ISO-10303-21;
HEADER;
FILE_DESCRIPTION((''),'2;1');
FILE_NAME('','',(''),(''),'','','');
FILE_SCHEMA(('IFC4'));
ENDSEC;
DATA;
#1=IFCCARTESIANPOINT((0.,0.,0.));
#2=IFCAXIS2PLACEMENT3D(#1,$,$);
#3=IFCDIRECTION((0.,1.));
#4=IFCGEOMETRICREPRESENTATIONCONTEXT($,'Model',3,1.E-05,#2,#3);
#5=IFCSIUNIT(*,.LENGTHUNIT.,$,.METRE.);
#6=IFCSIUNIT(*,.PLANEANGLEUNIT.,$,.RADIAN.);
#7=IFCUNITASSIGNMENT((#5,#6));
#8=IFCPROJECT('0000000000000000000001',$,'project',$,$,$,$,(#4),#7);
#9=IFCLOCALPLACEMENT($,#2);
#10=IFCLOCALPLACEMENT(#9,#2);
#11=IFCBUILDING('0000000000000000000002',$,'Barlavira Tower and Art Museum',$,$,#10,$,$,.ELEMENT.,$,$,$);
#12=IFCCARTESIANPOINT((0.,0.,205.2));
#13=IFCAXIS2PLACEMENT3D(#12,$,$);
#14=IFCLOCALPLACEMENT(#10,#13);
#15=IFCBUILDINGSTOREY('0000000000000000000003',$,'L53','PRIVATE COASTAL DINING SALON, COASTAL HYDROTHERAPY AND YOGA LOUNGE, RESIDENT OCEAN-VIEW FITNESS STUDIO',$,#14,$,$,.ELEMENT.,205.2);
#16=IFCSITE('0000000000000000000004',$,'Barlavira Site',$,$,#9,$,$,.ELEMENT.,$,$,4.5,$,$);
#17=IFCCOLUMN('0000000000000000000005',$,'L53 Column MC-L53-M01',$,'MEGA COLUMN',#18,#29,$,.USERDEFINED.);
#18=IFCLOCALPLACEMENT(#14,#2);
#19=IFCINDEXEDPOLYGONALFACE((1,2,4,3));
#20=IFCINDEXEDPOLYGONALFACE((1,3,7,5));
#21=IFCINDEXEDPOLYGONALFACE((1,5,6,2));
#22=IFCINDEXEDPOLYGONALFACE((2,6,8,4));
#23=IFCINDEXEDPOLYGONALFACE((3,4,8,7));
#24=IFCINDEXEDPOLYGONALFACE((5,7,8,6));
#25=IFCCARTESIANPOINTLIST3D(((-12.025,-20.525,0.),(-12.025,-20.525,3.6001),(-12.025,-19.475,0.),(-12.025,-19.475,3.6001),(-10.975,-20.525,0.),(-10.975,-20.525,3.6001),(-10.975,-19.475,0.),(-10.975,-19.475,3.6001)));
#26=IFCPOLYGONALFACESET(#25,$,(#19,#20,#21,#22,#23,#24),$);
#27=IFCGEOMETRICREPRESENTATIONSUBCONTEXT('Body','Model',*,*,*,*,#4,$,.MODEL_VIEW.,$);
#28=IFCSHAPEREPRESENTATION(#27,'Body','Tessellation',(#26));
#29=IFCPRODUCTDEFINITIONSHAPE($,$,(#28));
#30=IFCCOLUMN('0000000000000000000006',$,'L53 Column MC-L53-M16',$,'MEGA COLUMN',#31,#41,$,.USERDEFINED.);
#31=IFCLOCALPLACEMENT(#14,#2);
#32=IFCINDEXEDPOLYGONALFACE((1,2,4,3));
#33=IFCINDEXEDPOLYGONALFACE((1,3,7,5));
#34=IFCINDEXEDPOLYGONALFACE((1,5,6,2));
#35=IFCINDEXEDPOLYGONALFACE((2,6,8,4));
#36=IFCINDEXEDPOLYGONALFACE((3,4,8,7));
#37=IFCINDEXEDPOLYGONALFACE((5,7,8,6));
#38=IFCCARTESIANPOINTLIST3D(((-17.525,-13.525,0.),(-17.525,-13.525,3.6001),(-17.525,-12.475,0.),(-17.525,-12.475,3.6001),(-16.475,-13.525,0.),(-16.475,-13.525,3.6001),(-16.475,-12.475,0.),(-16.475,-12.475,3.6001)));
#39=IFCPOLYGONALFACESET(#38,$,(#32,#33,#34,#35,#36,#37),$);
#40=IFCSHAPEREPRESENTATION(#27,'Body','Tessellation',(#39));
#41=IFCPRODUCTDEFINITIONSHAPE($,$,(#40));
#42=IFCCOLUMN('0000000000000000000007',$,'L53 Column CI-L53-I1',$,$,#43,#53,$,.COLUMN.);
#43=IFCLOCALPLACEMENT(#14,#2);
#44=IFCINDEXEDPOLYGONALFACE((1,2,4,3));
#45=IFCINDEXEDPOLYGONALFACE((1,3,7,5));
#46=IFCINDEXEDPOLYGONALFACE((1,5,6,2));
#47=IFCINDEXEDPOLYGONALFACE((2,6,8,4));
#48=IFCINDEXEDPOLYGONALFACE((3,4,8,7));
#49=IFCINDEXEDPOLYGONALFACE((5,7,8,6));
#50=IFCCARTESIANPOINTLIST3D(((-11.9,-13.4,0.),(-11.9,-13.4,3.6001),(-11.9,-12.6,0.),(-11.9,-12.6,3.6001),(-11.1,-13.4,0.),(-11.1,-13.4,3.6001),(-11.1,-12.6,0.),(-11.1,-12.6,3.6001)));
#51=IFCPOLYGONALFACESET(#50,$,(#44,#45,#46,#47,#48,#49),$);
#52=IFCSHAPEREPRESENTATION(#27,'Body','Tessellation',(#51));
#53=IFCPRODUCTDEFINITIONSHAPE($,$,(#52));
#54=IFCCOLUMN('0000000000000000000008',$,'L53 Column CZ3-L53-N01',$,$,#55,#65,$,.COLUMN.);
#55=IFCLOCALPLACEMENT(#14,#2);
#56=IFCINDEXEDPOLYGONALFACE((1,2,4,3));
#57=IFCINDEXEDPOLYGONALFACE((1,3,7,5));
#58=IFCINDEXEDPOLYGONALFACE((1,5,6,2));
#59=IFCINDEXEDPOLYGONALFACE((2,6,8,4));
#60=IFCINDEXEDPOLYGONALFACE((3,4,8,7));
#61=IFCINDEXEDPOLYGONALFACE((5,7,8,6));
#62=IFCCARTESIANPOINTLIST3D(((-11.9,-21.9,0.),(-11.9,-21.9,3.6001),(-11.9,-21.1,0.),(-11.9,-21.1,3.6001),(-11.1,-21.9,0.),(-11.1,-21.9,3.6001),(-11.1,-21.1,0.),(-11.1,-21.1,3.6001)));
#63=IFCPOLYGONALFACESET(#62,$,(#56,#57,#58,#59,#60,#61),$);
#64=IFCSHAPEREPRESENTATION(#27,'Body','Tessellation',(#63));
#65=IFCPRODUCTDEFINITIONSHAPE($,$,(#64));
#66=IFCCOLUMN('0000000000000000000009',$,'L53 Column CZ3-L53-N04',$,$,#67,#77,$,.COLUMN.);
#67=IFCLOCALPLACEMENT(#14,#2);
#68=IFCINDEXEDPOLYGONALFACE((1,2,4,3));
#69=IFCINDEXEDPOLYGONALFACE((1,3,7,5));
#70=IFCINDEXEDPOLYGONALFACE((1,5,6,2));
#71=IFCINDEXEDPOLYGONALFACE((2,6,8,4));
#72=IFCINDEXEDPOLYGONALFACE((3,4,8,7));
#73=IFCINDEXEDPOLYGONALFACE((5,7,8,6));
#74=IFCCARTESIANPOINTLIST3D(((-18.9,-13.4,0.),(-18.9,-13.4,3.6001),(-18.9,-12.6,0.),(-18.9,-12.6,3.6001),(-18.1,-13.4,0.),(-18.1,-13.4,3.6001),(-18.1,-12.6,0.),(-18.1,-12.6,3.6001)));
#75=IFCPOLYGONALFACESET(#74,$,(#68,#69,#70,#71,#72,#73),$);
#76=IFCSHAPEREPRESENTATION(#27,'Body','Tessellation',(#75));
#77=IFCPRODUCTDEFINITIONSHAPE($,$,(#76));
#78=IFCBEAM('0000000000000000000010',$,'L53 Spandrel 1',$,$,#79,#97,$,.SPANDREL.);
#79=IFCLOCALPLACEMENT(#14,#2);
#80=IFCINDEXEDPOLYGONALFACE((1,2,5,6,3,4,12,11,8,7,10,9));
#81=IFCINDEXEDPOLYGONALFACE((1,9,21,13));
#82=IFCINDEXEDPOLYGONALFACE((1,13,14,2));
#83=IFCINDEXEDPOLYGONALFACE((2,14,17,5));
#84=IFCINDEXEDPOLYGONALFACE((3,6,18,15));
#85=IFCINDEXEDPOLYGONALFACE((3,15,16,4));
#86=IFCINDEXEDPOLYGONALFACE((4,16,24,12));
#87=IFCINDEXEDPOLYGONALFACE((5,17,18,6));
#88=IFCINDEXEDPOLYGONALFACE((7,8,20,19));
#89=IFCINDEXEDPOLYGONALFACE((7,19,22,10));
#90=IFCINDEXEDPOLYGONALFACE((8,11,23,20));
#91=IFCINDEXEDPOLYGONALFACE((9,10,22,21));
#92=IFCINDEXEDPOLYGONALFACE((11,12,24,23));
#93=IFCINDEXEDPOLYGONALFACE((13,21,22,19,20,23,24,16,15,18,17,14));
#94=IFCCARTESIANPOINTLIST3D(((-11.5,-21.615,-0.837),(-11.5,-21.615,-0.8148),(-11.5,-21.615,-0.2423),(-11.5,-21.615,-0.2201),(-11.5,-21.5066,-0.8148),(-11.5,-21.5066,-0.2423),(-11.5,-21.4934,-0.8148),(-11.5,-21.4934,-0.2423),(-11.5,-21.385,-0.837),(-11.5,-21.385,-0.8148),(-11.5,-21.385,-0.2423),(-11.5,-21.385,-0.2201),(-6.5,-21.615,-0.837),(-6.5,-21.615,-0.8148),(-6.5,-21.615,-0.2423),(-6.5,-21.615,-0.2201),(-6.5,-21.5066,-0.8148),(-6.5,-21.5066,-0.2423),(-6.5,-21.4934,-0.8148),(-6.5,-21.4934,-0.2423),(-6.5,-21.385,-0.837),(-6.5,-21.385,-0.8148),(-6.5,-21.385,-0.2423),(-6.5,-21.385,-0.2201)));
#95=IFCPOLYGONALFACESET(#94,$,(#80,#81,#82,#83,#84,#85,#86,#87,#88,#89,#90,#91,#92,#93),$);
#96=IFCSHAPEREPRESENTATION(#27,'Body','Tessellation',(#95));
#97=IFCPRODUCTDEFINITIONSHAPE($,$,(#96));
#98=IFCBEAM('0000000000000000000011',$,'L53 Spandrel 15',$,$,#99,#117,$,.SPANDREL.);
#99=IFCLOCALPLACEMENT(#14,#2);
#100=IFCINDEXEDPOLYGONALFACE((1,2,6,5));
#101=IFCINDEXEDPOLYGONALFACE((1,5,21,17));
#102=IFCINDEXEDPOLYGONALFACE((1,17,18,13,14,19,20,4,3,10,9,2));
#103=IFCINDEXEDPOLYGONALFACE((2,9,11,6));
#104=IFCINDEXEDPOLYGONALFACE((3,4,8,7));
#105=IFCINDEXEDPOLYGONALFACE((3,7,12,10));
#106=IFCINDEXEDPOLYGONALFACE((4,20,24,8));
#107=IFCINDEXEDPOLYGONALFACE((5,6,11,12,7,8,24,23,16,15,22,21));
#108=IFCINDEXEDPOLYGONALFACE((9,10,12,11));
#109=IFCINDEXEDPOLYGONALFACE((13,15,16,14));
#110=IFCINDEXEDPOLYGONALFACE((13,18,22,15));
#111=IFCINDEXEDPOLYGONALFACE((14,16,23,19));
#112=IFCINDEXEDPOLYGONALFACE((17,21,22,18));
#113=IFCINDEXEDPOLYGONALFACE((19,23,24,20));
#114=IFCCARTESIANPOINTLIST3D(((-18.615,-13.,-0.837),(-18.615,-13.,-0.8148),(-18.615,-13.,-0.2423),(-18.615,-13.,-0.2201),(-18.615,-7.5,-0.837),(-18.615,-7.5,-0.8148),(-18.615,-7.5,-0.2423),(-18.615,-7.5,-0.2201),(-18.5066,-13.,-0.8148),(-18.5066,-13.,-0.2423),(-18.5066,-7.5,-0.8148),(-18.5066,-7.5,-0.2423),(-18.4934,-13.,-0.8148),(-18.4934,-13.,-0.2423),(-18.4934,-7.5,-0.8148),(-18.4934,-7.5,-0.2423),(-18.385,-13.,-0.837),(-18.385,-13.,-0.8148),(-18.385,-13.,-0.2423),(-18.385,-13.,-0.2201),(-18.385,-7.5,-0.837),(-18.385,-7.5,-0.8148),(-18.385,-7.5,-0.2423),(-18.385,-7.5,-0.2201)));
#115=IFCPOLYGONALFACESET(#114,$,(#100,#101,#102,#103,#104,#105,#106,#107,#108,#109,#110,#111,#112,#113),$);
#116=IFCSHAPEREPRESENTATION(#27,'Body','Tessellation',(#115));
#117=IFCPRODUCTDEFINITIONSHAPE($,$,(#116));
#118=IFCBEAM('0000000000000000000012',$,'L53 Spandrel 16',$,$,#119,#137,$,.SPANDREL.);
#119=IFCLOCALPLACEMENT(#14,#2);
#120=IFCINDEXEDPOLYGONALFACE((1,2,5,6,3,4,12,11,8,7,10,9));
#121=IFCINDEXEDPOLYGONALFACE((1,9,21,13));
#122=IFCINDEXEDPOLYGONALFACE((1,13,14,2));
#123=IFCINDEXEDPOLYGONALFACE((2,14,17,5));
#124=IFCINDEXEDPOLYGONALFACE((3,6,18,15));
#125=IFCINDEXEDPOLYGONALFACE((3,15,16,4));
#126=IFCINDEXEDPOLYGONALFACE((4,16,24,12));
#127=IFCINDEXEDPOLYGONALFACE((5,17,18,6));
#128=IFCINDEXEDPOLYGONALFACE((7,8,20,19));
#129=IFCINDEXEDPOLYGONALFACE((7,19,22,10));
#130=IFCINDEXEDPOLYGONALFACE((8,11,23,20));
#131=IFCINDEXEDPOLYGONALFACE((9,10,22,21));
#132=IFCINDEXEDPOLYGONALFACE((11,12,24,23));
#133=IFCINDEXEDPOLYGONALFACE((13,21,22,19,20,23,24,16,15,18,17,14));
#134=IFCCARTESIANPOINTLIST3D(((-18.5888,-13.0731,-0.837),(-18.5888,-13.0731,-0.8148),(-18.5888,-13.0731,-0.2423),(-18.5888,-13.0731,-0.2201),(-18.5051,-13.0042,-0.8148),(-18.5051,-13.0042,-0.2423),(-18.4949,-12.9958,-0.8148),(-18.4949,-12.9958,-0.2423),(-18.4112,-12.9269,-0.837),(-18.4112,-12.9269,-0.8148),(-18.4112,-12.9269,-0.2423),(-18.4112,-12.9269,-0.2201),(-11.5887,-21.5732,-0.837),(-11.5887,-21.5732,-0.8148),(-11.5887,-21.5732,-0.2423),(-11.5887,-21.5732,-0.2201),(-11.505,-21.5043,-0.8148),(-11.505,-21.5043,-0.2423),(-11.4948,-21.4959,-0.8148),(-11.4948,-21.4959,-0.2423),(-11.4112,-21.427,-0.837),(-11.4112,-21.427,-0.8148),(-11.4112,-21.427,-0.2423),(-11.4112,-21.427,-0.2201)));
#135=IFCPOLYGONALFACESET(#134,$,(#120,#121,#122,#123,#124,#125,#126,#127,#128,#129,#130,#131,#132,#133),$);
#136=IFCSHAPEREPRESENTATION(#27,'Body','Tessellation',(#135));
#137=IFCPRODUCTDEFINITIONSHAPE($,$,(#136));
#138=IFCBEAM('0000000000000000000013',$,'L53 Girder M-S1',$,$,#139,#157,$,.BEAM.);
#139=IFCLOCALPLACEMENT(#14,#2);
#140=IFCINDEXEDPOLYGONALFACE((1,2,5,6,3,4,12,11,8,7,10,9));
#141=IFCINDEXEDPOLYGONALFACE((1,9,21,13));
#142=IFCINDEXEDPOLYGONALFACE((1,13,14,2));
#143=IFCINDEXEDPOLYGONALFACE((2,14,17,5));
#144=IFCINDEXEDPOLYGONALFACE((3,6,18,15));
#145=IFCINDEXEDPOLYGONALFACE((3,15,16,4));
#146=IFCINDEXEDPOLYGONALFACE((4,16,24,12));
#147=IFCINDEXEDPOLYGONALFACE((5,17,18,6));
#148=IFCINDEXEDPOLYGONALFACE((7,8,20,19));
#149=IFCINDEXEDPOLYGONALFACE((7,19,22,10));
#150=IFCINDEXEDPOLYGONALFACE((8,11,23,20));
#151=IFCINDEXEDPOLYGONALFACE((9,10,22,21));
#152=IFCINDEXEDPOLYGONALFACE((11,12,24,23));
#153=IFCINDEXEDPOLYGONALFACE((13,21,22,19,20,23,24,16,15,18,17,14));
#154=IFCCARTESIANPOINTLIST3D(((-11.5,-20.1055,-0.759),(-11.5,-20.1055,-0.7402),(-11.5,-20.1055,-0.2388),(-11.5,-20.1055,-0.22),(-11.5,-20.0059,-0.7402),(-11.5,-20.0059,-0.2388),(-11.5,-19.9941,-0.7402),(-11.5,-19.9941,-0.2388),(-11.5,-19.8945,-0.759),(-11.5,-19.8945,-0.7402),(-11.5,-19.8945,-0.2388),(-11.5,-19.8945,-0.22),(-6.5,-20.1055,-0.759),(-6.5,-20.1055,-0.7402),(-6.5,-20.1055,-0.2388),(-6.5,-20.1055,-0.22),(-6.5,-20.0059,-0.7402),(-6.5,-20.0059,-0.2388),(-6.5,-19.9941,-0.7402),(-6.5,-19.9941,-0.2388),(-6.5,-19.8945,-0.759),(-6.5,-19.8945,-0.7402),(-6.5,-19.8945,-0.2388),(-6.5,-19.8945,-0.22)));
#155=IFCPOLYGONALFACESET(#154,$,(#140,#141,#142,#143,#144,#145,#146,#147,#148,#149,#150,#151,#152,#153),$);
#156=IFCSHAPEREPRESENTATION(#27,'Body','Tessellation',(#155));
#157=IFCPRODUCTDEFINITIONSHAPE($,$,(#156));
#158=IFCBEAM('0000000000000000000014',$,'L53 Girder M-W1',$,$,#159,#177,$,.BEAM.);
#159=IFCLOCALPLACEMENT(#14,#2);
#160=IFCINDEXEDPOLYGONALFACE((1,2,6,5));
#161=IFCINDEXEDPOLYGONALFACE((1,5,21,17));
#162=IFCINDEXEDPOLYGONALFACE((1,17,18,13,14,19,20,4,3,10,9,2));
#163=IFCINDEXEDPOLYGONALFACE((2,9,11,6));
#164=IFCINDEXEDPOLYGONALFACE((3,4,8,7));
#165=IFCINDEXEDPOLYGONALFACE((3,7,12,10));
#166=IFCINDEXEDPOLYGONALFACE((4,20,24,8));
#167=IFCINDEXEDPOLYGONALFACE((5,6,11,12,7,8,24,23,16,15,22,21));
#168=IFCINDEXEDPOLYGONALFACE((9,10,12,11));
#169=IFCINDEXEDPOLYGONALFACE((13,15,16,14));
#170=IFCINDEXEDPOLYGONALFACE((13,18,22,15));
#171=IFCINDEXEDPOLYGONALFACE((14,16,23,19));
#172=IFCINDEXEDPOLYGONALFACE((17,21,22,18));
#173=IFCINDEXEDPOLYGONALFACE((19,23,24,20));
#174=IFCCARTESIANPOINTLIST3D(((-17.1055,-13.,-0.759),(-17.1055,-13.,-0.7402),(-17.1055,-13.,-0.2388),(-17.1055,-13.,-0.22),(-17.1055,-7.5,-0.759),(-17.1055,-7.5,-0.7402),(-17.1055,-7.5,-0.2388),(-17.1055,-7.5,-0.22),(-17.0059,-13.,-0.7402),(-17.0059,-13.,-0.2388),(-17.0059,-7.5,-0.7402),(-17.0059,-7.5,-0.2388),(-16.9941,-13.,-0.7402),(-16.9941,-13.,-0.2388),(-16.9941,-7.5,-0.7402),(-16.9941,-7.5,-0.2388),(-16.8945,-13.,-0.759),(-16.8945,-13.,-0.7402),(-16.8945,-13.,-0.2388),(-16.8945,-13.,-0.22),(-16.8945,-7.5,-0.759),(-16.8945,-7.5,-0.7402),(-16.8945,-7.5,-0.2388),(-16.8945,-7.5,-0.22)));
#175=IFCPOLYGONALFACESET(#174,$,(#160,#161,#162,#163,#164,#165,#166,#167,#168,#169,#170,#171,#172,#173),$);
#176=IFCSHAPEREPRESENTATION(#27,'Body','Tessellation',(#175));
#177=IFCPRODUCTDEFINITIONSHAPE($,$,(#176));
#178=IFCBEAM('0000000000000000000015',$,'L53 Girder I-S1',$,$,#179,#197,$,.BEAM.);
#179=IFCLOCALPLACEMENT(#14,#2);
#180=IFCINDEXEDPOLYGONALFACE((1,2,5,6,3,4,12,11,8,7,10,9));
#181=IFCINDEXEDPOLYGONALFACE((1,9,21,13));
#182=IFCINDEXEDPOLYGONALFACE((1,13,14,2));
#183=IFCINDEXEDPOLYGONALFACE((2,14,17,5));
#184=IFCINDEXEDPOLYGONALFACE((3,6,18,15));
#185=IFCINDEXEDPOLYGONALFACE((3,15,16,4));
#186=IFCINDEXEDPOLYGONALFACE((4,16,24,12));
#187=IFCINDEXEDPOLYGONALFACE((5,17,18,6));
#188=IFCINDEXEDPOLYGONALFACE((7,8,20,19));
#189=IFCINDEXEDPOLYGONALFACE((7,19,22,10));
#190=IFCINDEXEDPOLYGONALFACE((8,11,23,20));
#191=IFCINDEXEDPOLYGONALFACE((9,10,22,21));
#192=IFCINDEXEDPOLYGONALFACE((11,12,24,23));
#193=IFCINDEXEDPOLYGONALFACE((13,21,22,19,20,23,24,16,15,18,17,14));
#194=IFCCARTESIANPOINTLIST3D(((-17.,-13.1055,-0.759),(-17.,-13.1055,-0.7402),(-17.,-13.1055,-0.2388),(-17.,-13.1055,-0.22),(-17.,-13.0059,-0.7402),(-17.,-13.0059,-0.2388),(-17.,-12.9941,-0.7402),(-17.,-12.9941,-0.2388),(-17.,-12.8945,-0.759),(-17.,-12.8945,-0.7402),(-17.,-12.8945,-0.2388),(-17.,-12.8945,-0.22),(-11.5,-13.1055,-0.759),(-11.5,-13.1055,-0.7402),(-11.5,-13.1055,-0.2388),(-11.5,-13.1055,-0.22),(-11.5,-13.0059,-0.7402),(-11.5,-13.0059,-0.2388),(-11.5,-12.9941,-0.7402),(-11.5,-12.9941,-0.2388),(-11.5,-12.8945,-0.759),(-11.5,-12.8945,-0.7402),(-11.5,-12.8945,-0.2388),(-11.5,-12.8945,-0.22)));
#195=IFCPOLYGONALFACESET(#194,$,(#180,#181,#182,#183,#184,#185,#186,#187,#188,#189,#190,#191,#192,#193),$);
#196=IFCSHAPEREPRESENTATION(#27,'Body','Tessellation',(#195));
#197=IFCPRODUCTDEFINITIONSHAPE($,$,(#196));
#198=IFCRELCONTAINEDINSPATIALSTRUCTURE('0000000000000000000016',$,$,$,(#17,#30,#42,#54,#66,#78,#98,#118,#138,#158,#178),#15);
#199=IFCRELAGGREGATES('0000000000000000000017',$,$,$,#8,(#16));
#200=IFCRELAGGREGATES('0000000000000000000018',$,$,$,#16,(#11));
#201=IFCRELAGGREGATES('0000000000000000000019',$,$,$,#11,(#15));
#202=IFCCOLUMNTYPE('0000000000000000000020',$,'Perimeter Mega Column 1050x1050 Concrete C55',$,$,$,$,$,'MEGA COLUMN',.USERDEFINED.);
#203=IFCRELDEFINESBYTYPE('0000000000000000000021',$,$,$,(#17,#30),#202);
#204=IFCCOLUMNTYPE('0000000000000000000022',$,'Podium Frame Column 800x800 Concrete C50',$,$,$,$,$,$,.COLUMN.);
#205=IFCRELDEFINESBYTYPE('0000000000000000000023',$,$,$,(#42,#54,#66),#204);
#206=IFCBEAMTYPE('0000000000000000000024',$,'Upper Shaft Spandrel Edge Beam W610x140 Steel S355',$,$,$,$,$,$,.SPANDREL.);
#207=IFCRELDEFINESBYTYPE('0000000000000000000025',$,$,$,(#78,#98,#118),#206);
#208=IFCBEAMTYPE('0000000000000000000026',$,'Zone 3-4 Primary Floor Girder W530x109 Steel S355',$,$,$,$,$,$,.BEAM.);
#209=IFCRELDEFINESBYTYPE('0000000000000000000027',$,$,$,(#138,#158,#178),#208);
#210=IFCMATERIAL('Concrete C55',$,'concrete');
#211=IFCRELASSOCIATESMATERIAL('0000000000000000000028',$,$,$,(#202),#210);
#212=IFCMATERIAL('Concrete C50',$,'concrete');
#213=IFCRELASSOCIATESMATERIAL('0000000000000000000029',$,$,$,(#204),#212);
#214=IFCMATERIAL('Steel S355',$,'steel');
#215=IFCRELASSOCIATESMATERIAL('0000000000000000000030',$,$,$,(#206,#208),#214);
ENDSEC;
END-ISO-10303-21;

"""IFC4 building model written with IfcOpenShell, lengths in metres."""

from ifc_helpers import new_model, si_unit, direction, frame, origin, origin_2d, place, context, subcontext, project, spatial, rectangle, i_section, extrude, material, material_profile, profile_set, type_object, element, save


model = new_model("IFC4")

# Units and contexts
model_context = context("Model", 3, precision=1e-05, world=origin(), true_north=direction((0.0, 1.0)))
body_context = subcontext(model_context, "Body", "Model", "MODEL_VIEW")
ifc_project = project(units=[si_unit("LENGTHUNIT", "METRE"), si_unit("PLANEANGLEUNIT", "RADIAN")], contexts=[model_context])

# Site, building, storey
site_placement = place(None, origin())
site = spatial("IfcSite", under=ifc_project, at=site_placement, Name="Barlavira Site", CompositionType="ELEMENT", RefElevation=4.5)
building_placement = place(site_placement, origin())
building = spatial("IfcBuilding", under=site, at=building_placement, Name="Barlavira Tower and Art Museum", CompositionType="ELEMENT")
storey_placement = place(building_placement, frame((0.0, 0.0, 205.2)))
storey = spatial("IfcBuildingStorey", under=building, at=storey_placement, Name="L53", Description="PRIVATE COASTAL DINING SALON, COASTAL HYDROTHERAPY AND YOGA LOUNGE, RESIDENT OCEAN-VIEW FITNESS STUDIO", CompositionType="ELEMENT", Elevation=205.2)

# Columns
ifc_material_1 = material(Name="Concrete C55", Category="concrete")
ifc_material_profile_1 = material_profile(ifc_material_1, rectangle(XDim=1.05, YDim=1.05, at=origin_2d()), Name="RC-COL 1050x1050")
ifc_profile_set_1 = profile_set([ifc_material_profile_1], Name="Concrete C55")
column_type_1 = type_object("IfcColumnType", Name="Perimeter Mega Column 1050x1050 Concrete C55", ElementType="MEGA COLUMN", PredefinedType="USERDEFINED", material=ifc_profile_set_1)
for number, where, z_axis, x_axis, name in (
    (1, (-11.5, -20.0, 0.0), (0.0, 0.0, 1.0), (1.0, 0.0, 0.0), "L53 Column MC-L53-M01"),
    (2, (-17.0, -13.0, 0.0), (0.0, 0.0, 1.0), (1.0, 0.0, 0.0), "L53 Column MC-L53-M16"),
):
    element("IfcColumn", number, at=place(storey_placement, frame(where, z_axis=z_axis, x_axis=x_axis)), inside=storey, type_object=column_type_1, Name=name, ObjectType="MEGA COLUMN", PredefinedType="USERDEFINED", context=body_context, shape_type="SweptSolid", body=[
        extrude(rectangle(XDim=1.05, YDim=1.05, at=origin_2d()), origin(), (0.0, 0.0, 1.0), 3.6001),
    ])
ifc_material_2 = material(Name="Concrete C50", Category="concrete")
ifc_material_profile_2 = material_profile(ifc_material_2, rectangle(XDim=0.8, YDim=0.8, at=origin_2d()), Name="RC-COL 800x800")
ifc_profile_set_2 = profile_set([ifc_material_profile_2], Name="Concrete C50")
column_type_2 = type_object("IfcColumnType", Name="Podium Frame Column 800x800 Concrete C50", PredefinedType="COLUMN", material=ifc_profile_set_2)
for number, where, z_axis, x_axis, name in (
    (3, (-11.5, -13.0, 0.0), (0.0, 0.0, 1.0), (1.0, 0.0, 0.0), "L53 Column CI-L53-I1"),
    (4, (-11.5, -21.5, 0.0), (0.0, 0.0, 1.0), (1.0, 0.0, 0.0), "L53 Column CZ3-L53-N01"),
    (5, (-18.5, -13.0, 0.0), (0.0, 0.0, 1.0), (1.0, 0.0, 0.0), "L53 Column CZ3-L53-N04"),
):
    element("IfcColumn", number, at=place(storey_placement, frame(where, z_axis=z_axis, x_axis=x_axis)), inside=storey, type_object=column_type_2, Name=name, PredefinedType="COLUMN", context=body_context, shape_type="SweptSolid", body=[
        extrude(rectangle(XDim=0.8, YDim=0.8, at=origin_2d()), origin(), (0.0, 0.0, 1.0), 3.6001),
    ])

# Beams
ifc_material_3 = material(Name="Steel S355", Category="steel")
ifc_material_profile_3 = material_profile(ifc_material_3, i_section(OverallWidth=0.23, OverallDepth=0.6169, WebThickness=0.0132, FlangeThickness=0.0222, at=origin_2d()), Name="W610x140.0")
ifc_profile_set_3 = profile_set([ifc_material_profile_3], Name="Steel S355")
beam_type_1 = type_object("IfcBeamType", Name="Upper Shaft Spandrel Edge Beam W610x140 Steel S355", PredefinedType="SPANDREL", material=ifc_profile_set_3)
beam_1_placement = place(storey_placement, frame((-11.5, -21.5, -0.5286), z_axis=(1.0, 0.0, 0.0), x_axis=(0.0, 1.0, 0.0)))
element("IfcBeam", 6, at=beam_1_placement, inside=storey, type_object=beam_type_1, Name="L53 Spandrel 1", PredefinedType="SPANDREL", context=body_context, shape_type="SweptSolid", body=[
    extrude(i_section(OverallWidth=0.23, OverallDepth=0.6169, WebThickness=0.0132, FlangeThickness=0.0222, at=origin_2d()), origin(), (0.0, 0.0, 1.0), 5.0),
])
beam_2_placement = place(storey_placement, frame((-18.5, -13.0, -0.5286), z_axis=(0.0, 1.0, 0.0), x_axis=(-1.0, 0.0, 0.0)))
element("IfcBeam", 7, at=beam_2_placement, inside=storey, type_object=beam_type_1, Name="L53 Spandrel 15", PredefinedType="SPANDREL", context=body_context, shape_type="SweptSolid", body=[
    extrude(i_section(OverallWidth=0.23, OverallDepth=0.6169, WebThickness=0.0132, FlangeThickness=0.0222, at=origin_2d()), origin(), (0.0, 0.0, 1.0), 5.5),
])
beam_3_placement = place(storey_placement, frame((-18.5, -13.0, -0.5286), z_axis=(0.635707, -0.77193, 0.0), x_axis=(0.77193, 0.635707, 0.0)))
element("IfcBeam", 8, at=beam_3_placement, inside=storey, type_object=beam_type_1, Name="L53 Spandrel 16", PredefinedType="SPANDREL", context=body_context, shape_type="SweptSolid", body=[
    extrude(i_section(OverallWidth=0.23, OverallDepth=0.6169, WebThickness=0.0132, FlangeThickness=0.0222, at=origin_2d()), origin(), (0.0, 0.0, 1.0), 11.0115),
])
ifc_material_profile_4 = material_profile(ifc_material_3, i_section(OverallWidth=0.2109, OverallDepth=0.5391, WebThickness=0.0117, FlangeThickness=0.0188, at=origin_2d()), Name="W530x109.0")
ifc_profile_set_4 = profile_set([ifc_material_profile_4], Name="Steel S355")
beam_type_2 = type_object("IfcBeamType", Name="Zone 3-4 Primary Floor Girder W530x109 Steel S355", PredefinedType="BEAM", material=ifc_profile_set_4)
beam_4_placement = place(storey_placement, frame((-11.5, -20.0, -0.4895), z_axis=(1.0, 0.0, 0.0), x_axis=(0.0, 1.0, 0.0)))
element("IfcBeam", 9, at=beam_4_placement, inside=storey, type_object=beam_type_2, Name="L53 Girder M-S1", PredefinedType="BEAM", context=body_context, shape_type="SweptSolid", body=[
    extrude(i_section(OverallWidth=0.2109, OverallDepth=0.5391, WebThickness=0.0117, FlangeThickness=0.0188, at=origin_2d()), origin(), (0.0, 0.0, 1.0), 5.0),
])
for number, where, z_axis, x_axis, name in (
    (10, (-17.0, -13.0, -0.4895), (0.0, 1.0, 0.0), (-1.0, 0.0, 0.0), "L53 Girder M-W1"),
    (11, (-17.0, -13.0, -0.4895), (1.0, 0.0, 0.0), (0.0, 1.0, 0.0), "L53 Girder I-S1"),
):
    element("IfcBeam", number, at=place(storey_placement, frame(where, z_axis=z_axis, x_axis=x_axis)), inside=storey, type_object=beam_type_2, Name=name, PredefinedType="BEAM", context=body_context, shape_type="SweptSolid", body=[
        extrude(i_section(OverallWidth=0.2109, OverallDepth=0.5391, WebThickness=0.0117, FlangeThickness=0.0188, at=origin_2d()), origin(), (0.0, 0.0, 1.0), 5.5),
    ])

save(model, "model.ifc")
